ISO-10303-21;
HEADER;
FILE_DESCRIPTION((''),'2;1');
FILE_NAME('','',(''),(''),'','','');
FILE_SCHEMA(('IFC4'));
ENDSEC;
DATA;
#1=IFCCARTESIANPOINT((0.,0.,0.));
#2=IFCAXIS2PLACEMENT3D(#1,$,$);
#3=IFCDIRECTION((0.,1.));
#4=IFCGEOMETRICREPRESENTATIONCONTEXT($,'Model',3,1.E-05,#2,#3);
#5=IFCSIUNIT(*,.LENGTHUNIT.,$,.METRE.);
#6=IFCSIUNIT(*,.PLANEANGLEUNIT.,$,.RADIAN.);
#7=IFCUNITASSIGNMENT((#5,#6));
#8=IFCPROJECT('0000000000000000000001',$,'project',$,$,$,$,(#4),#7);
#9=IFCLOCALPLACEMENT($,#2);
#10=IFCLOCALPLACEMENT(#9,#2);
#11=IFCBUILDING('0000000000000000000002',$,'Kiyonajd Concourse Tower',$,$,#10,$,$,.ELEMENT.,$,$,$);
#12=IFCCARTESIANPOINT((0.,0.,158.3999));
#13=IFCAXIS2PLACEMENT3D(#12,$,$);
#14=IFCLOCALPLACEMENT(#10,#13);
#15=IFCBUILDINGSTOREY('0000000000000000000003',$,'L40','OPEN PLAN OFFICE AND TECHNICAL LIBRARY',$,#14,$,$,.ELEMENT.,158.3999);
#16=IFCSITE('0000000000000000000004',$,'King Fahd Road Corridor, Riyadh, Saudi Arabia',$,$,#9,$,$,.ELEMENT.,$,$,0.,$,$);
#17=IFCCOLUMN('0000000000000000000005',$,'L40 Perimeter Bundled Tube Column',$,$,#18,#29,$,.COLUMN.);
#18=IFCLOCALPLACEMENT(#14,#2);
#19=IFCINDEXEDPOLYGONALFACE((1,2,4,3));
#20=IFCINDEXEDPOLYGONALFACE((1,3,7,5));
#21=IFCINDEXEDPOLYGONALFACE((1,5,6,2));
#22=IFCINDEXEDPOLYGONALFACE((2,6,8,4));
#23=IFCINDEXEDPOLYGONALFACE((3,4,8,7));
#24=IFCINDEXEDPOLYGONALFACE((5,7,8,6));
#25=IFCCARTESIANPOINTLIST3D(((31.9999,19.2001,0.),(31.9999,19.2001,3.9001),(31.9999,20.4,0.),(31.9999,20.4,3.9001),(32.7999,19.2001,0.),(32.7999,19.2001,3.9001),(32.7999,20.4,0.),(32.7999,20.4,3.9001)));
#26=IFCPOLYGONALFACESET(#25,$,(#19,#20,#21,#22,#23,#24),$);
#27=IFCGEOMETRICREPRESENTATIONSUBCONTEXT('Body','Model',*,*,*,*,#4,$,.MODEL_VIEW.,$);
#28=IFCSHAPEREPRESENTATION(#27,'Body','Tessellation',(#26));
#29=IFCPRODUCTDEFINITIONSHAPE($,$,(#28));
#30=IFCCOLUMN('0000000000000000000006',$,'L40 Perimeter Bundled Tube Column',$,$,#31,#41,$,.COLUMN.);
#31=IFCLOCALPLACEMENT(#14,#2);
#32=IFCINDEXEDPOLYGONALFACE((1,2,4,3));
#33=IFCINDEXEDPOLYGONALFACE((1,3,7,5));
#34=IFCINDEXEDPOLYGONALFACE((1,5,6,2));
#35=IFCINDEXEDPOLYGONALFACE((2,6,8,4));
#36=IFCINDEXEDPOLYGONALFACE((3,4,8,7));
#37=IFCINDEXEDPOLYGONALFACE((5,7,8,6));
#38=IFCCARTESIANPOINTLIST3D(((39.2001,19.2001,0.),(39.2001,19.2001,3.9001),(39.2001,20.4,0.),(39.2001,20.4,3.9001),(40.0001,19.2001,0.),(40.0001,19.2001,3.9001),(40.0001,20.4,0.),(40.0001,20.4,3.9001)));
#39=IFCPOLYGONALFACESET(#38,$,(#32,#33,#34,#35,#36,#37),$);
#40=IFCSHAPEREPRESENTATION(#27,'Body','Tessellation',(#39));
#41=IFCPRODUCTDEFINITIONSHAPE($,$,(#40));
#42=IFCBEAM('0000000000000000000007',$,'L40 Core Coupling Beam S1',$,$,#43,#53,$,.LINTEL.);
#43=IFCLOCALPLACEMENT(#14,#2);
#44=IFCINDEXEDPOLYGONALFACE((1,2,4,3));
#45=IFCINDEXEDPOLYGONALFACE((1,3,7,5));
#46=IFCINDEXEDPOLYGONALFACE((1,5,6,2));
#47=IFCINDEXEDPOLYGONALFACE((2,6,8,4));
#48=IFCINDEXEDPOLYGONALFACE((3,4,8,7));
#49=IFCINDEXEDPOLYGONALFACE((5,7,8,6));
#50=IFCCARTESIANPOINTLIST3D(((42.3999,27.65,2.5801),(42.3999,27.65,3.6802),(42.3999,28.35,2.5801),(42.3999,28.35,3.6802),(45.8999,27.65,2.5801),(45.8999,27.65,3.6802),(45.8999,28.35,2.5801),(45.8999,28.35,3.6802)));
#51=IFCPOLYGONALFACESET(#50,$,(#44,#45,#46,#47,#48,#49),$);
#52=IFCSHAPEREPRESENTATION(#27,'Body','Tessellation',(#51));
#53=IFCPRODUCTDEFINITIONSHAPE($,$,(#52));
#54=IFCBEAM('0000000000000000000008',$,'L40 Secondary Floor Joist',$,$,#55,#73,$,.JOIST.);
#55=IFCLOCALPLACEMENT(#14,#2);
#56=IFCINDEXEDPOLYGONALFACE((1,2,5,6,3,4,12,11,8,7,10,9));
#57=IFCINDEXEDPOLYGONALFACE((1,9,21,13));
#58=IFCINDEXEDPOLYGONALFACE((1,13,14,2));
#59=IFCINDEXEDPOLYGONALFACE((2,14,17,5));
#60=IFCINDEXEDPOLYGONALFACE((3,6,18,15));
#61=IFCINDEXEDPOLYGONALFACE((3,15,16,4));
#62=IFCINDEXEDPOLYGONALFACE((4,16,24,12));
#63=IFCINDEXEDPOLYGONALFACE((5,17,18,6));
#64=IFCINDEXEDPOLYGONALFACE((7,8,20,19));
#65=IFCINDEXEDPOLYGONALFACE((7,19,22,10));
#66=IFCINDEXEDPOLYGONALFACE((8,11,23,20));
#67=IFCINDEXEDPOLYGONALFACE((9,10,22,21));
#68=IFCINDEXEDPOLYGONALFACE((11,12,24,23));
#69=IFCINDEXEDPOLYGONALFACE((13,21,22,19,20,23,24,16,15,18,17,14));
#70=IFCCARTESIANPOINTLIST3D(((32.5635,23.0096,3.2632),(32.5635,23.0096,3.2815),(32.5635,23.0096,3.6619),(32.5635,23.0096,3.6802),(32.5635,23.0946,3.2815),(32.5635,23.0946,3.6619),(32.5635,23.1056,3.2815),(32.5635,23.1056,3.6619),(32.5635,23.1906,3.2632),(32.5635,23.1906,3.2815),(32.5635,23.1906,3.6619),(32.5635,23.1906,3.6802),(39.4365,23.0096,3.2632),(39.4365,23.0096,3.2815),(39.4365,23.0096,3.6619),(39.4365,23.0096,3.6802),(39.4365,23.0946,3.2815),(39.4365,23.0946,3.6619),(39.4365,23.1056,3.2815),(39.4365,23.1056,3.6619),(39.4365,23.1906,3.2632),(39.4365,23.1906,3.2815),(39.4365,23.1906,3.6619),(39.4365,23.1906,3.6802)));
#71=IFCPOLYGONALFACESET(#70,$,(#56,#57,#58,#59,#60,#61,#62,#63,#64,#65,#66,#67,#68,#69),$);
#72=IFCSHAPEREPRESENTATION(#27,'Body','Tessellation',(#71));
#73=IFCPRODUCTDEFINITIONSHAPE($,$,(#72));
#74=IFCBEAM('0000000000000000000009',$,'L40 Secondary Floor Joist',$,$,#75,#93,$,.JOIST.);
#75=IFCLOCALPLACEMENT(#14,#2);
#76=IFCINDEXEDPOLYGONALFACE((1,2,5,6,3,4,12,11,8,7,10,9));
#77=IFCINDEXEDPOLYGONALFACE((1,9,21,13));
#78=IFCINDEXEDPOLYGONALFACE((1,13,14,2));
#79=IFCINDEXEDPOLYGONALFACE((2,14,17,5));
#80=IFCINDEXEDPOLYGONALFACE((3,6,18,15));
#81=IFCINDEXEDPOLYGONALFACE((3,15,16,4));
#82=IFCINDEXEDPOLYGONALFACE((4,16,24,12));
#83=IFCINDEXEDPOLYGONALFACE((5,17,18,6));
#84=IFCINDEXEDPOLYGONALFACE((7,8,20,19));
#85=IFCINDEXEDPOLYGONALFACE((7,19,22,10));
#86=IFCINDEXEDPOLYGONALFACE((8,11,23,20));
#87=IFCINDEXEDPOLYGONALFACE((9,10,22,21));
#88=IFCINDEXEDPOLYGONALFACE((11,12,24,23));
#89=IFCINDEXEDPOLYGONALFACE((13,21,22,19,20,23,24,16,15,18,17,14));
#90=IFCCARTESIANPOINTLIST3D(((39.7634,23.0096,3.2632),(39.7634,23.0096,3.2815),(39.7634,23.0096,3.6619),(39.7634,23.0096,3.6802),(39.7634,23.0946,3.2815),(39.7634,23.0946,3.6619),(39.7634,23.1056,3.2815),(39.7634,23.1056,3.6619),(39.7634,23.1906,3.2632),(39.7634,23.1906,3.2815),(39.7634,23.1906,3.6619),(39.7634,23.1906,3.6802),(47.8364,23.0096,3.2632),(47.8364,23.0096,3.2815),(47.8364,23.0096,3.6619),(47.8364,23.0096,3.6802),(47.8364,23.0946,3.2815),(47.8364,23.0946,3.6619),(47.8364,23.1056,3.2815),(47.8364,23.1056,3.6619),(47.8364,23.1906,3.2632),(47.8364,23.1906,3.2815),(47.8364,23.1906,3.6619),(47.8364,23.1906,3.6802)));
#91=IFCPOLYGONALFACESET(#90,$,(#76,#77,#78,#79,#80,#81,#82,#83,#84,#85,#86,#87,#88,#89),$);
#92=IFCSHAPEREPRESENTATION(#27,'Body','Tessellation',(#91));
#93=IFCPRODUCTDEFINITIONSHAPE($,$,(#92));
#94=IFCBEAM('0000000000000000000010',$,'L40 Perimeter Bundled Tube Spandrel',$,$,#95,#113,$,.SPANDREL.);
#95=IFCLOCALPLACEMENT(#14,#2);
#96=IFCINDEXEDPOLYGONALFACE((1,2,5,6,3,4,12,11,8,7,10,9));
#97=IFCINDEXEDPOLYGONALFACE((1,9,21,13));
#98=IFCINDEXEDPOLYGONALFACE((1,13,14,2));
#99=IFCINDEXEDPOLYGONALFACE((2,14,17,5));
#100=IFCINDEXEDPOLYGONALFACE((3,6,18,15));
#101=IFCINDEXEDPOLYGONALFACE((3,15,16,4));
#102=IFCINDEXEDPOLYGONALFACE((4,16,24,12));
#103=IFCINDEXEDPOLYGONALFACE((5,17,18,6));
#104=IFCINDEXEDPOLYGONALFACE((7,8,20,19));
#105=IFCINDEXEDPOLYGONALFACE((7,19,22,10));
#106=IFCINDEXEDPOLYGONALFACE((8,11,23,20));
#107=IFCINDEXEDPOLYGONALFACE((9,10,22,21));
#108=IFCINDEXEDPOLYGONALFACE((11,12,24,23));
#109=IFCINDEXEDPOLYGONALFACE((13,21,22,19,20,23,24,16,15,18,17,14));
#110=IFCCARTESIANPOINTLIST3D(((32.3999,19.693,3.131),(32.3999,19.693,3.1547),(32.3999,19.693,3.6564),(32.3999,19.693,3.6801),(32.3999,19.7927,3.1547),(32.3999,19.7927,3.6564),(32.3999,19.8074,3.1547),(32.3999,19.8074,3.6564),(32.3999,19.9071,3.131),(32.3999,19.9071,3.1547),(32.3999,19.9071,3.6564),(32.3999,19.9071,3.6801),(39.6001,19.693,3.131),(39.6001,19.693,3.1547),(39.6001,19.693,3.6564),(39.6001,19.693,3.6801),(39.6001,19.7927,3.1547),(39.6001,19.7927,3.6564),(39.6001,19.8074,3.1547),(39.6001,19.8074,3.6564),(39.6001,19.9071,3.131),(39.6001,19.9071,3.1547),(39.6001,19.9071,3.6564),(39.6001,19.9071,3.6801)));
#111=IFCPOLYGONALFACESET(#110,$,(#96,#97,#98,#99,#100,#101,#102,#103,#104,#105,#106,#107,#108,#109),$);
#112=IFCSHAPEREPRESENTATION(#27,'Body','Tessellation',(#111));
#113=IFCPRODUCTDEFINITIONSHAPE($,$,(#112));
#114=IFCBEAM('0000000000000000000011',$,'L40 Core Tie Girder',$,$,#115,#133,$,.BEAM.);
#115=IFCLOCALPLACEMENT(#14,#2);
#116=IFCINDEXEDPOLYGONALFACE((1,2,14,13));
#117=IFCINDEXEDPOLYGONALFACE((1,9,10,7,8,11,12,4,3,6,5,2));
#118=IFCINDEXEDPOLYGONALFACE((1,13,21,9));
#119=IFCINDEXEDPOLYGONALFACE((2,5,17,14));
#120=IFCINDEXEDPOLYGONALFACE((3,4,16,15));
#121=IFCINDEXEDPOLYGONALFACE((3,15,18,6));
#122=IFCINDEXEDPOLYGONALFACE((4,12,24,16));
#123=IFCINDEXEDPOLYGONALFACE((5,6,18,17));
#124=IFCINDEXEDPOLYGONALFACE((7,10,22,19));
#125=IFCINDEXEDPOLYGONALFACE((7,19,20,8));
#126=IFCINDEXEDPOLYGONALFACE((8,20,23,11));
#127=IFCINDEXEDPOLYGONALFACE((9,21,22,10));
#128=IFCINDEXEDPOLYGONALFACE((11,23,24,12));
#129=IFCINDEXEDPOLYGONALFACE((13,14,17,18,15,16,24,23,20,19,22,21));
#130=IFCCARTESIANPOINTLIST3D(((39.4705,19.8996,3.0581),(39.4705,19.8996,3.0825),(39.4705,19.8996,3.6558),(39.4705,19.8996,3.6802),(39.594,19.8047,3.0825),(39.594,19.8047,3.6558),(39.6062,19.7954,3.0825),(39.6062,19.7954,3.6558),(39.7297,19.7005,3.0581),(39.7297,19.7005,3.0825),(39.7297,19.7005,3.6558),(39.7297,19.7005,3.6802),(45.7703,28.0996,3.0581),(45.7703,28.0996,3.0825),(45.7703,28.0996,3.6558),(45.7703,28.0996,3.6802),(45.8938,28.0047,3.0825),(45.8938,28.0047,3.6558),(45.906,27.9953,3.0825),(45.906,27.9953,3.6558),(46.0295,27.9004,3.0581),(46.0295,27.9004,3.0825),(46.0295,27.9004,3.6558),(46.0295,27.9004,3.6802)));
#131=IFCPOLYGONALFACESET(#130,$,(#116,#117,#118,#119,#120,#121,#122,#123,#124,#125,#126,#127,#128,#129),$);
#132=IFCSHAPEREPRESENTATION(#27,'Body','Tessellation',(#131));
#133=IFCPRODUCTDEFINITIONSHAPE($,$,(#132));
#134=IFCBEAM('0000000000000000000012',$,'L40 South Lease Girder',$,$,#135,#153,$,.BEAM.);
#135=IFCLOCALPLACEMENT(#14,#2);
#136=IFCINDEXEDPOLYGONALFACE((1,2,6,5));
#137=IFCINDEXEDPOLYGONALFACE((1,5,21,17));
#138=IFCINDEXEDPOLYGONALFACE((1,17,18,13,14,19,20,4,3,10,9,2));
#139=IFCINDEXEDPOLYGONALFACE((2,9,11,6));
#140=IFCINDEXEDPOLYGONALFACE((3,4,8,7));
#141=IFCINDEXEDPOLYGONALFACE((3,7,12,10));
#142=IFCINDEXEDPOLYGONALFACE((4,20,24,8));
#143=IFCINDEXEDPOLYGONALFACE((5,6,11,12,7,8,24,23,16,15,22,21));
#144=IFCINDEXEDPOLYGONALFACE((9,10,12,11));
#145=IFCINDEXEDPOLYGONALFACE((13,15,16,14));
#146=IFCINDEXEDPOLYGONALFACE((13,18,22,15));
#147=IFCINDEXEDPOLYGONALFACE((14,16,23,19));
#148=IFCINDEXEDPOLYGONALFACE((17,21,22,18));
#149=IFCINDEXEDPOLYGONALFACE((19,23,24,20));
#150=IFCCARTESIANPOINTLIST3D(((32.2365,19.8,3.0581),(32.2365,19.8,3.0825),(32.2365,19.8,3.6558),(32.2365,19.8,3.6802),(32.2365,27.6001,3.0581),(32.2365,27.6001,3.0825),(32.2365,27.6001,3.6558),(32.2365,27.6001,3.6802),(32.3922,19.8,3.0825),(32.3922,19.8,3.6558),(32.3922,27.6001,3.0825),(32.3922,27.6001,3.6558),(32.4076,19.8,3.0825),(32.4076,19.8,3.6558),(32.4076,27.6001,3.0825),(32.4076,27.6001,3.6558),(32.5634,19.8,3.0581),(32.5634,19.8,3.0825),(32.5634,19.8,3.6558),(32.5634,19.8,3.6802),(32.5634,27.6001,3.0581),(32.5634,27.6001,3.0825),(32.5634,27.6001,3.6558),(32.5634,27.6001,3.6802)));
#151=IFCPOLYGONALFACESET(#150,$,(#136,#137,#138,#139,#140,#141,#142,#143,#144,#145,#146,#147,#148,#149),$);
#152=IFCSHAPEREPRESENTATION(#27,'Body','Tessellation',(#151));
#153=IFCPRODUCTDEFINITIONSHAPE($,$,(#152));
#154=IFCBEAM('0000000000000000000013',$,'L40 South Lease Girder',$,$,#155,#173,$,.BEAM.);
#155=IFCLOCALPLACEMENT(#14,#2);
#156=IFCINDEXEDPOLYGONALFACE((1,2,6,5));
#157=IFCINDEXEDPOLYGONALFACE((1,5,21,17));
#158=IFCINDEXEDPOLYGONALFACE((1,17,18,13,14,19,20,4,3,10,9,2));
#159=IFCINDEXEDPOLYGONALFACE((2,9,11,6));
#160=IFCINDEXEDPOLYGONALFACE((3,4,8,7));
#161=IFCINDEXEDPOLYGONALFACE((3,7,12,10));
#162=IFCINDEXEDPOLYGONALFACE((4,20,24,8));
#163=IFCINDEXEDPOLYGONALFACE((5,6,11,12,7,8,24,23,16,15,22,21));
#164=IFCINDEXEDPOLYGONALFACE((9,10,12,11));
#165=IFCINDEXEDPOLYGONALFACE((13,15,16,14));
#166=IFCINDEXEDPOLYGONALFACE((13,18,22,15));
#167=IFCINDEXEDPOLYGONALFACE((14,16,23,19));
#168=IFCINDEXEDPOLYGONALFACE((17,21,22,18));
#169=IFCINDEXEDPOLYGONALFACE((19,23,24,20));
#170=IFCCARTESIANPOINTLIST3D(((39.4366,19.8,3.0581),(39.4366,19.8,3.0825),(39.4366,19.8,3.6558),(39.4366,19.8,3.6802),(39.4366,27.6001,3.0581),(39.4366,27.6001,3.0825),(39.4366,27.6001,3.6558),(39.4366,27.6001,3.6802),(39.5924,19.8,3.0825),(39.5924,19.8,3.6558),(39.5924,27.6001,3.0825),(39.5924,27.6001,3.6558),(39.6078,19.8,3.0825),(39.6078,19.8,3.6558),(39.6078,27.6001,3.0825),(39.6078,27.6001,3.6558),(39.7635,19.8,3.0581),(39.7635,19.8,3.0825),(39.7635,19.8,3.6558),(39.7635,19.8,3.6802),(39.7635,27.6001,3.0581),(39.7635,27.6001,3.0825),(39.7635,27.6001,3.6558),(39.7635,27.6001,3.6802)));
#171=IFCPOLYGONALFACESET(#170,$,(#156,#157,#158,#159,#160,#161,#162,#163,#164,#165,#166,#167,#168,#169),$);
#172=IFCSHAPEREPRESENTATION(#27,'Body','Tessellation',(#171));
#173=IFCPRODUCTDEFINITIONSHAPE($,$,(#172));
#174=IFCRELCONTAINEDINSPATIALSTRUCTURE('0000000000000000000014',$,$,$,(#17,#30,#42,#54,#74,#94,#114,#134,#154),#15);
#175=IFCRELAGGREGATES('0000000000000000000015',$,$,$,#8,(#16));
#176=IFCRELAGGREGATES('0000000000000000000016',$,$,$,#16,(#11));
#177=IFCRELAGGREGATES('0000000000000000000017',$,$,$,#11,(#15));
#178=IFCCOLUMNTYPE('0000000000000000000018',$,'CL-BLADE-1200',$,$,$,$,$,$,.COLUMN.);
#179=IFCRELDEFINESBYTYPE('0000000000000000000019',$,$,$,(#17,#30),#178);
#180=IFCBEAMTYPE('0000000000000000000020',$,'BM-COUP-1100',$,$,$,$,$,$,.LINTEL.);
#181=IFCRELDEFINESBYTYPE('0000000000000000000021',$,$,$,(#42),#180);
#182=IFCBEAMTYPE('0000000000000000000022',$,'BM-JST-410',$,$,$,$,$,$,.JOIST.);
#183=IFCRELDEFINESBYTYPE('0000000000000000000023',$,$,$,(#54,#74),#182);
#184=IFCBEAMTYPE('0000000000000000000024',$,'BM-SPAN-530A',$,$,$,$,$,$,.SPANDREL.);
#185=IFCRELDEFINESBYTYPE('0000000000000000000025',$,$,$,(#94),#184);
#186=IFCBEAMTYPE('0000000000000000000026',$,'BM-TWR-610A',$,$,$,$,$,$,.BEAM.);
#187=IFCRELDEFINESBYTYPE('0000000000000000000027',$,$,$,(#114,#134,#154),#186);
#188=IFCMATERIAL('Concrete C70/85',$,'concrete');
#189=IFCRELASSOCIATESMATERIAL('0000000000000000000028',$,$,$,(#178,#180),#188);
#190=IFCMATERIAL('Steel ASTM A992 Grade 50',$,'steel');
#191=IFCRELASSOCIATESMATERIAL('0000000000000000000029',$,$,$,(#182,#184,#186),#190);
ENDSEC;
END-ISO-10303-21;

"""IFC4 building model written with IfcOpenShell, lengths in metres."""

from ifc_helpers import new_model, si_unit, direction, frame, origin, origin_2d, place, context, subcontext, project, spatial, rectangle, i_section, extrude, material, material_profile, profile_set, type_object, element, save


model = new_model("IFC4")

# Units and contexts
model_context = context("Model", 3, precision=1e-05, world=origin(), true_north=direction((0.0, 1.0)))
body_context = subcontext(model_context, "Body", "Model", "MODEL_VIEW")
ifc_project = project(units=[si_unit("LENGTHUNIT", "METRE"), si_unit("PLANEANGLEUNIT", "RADIAN")], contexts=[model_context])

# Site, building, storey
site_placement = place(None, origin())
site = spatial("IfcSite", under=ifc_project, at=site_placement, Name="King Fahd Road Corridor, Riyadh, Saudi Arabia", CompositionType="ELEMENT", RefElevation=0.0)
building_placement = place(site_placement, origin())
building = spatial("IfcBuilding", under=site, at=building_placement, Name="Kiyonajd Concourse Tower", CompositionType="ELEMENT")
storey_placement = place(building_placement, frame((0.0, 0.0, 158.3999)))
storey = spatial("IfcBuildingStorey", under=building, at=storey_placement, Name="L40", Description="OPEN PLAN OFFICE AND TECHNICAL LIBRARY", CompositionType="ELEMENT", Elevation=158.3999)

# Columns
ifc_material_1 = material(Name="Concrete C70/85", Category="concrete")
ifc_material_profile_1 = material_profile(ifc_material_1, rectangle(XDim=0.8, YDim=1.2, at=origin_2d()), Name="RC-1200x800")
ifc_profile_set_1 = profile_set([ifc_material_profile_1], Name="Concrete C70/85")
column_type = type_object("IfcColumnType", Name="CL-BLADE-1200", PredefinedType="COLUMN", material=ifc_profile_set_1)
for number, where, z_axis, x_axis, name in (
    (1, (32.3999, 19.8, 0.0), (0.0, 0.0, 1.0), (1.0, 0.0, 0.0), "L40 Perimeter Bundled Tube Column"),
    (2, (39.6001, 19.8, 0.0), (0.0, 0.0, 1.0), (1.0, 0.0, 0.0), "L40 Perimeter Bundled Tube Column"),
):
    element("IfcColumn", number, at=place(storey_placement, frame(where, z_axis=z_axis, x_axis=x_axis)), inside=storey, type_object=column_type, Name=name, PredefinedType="COLUMN", context=body_context, shape_type="SweptSolid", body=[
        extrude(rectangle(XDim=0.8, YDim=1.2, at=origin_2d()), origin(), (0.0, 0.0, 1.0), 3.9001),
    ])

# Beams
ifc_material_profile_2 = material_profile(ifc_material_1, rectangle(XDim=0.7, YDim=1.1001, at=origin_2d()), Name="RCBM-700x1100")
ifc_profile_set_2 = profile_set([ifc_material_profile_2], Name="Concrete C70/85")
beam_type_1 = type_object("IfcBeamType", Name="BM-COUP-1100", PredefinedType="LINTEL", material=ifc_profile_set_2)
beam_1_placement = place(storey_placement, frame((42.3999, 28.0, 3.1301), z_axis=(1.0, 0.0, 0.0), x_axis=(0.0, 1.0, 0.0)))
element("IfcBeam", 3, at=beam_1_placement, inside=storey, type_object=beam_type_1, Name="L40 Core Coupling Beam S1", PredefinedType="LINTEL", context=body_context, shape_type="SweptSolid", body=[
    extrude(rectangle(XDim=0.7, YDim=1.1001, at=origin_2d()), origin(), (0.0, 0.0, 1.0), 3.5),
])
ifc_material_2 = material(Name="Steel ASTM A992 Grade 50", Category="steel")
ifc_material_profile_3 = material_profile(ifc_material_2, i_section(OverallWidth=0.1809, OverallDepth=0.417, WebThickness=0.011, FlangeThickness=0.0183, at=origin_2d()), Name="W410X85")
ifc_profile_set_3 = profile_set([ifc_material_profile_3], Name="Steel ASTM A992 Grade 50")
beam_type_2 = type_object("IfcBeamType", Name="BM-JST-410", PredefinedType="JOIST", material=ifc_profile_set_3)
beam_2_placement = place(storey_placement, frame((32.5635, 23.1001, 3.4717), z_axis=(1.0, 0.0, 0.0), x_axis=(0.0, 1.0, 0.0)))
element("IfcBeam", 4, at=beam_2_placement, inside=storey, type_object=beam_type_2, Name="L40 Secondary Floor Joist", PredefinedType="JOIST", context=body_context, shape_type="SweptSolid", body=[
    extrude(i_section(OverallWidth=0.1809, OverallDepth=0.417, WebThickness=0.011, FlangeThickness=0.0183, at=origin_2d()), origin(), (0.0, 0.0, 1.0), 6.873),
])
beam_3_placement = place(storey_placement, frame((39.7634, 23.1001, 3.4717), z_axis=(1.0, 0.0, 0.0), x_axis=(0.0, 1.0, 0.0)))
element("IfcBeam", 5, at=beam_3_placement, inside=storey, type_object=beam_type_2, Name="L40 Secondary Floor Joist", PredefinedType="JOIST", context=body_context, shape_type="SweptSolid", body=[
    extrude(i_section(OverallWidth=0.1809, OverallDepth=0.417, WebThickness=0.011, FlangeThickness=0.0183, at=origin_2d()), origin(), (0.0, 0.0, 1.0), 8.073),
])
ifc_material_profile_4 = material_profile(ifc_material_2, i_section(OverallWidth=0.2141, OverallDepth=0.5491, WebThickness=0.0146, FlangeThickness=0.0237, at=origin_2d()), Name="W530X138")
ifc_profile_set_4 = profile_set([ifc_material_profile_4], Name="Steel ASTM A992 Grade 50")
beam_type_3 = type_object("IfcBeamType", Name="BM-SPAN-530A", PredefinedType="SPANDREL", material=ifc_profile_set_4)
beam_4_placement = place(storey_placement, frame((32.3999, 19.8, 3.4055), z_axis=(1.0, 0.0, 0.0), x_axis=(0.0, 1.0, 0.0)))
element("IfcBeam", 6, at=beam_4_placement, inside=storey, type_object=beam_type_3, Name="L40 Perimeter Bundled Tube Spandrel", PredefinedType="SPANDREL", context=body_context, shape_type="SweptSolid", body=[
    extrude(i_section(OverallWidth=0.2141, OverallDepth=0.5491, WebThickness=0.0146, FlangeThickness=0.0237, at=origin_2d()), origin(), (0.0, 0.0, 1.0), 7.2002),
])
ifc_material_profile_5 = material_profile(ifc_material_2, i_section(OverallWidth=0.3269, OverallDepth=0.6221, WebThickness=0.0154, FlangeThickness=0.0244, at=origin_2d()), Name="W610X195")
ifc_profile_set_5 = profile_set([ifc_material_profile_5], Name="Steel ASTM A992 Grade 50")
beam_type_4 = type_object("IfcBeamType", Name="BM-TWR-610A", PredefinedType="BEAM", material=ifc_profile_set_5)
beam_5_placement = place(storey_placement, frame((39.6001, 19.8, 3.3691), z_axis=(0.609234, 0.792991, 0.0), x_axis=(-0.792991, 0.609234, 0.0)))
element("IfcBeam", 7, at=beam_5_placement, inside=storey, type_object=beam_type_4, Name="L40 Core Tie Girder", PredefinedType="BEAM", context=body_context, shape_type="SweptSolid", body=[
    extrude(i_section(OverallWidth=0.3269, OverallDepth=0.6221, WebThickness=0.0154, FlangeThickness=0.0244, at=origin_2d()), origin(), (0.0, 0.0, 1.0), 10.3406),
])
for number, where, z_axis, x_axis, name in (
    (8, (32.3999, 19.8, 3.3691), (0.0, 1.0, 0.0), (-1.0, 0.0, 0.0), "L40 South Lease Girder"),
    (9, (39.6001, 19.8, 3.3691), (0.0, 1.0, 0.0), (-1.0, 0.0, 0.0), "L40 South Lease Girder"),
):
    element("IfcBeam", number, at=place(storey_placement, frame(where, z_axis=z_axis, x_axis=x_axis)), inside=storey, type_object=beam_type_4, Name=name, PredefinedType="BEAM", context=body_context, shape_type="SweptSolid", body=[
        extrude(i_section(OverallWidth=0.3269, OverallDepth=0.6221, WebThickness=0.0154, FlangeThickness=0.0244, at=origin_2d()), origin(), (0.0, 0.0, 1.0), 7.8),
    ])

save(model, "model.ifc")
